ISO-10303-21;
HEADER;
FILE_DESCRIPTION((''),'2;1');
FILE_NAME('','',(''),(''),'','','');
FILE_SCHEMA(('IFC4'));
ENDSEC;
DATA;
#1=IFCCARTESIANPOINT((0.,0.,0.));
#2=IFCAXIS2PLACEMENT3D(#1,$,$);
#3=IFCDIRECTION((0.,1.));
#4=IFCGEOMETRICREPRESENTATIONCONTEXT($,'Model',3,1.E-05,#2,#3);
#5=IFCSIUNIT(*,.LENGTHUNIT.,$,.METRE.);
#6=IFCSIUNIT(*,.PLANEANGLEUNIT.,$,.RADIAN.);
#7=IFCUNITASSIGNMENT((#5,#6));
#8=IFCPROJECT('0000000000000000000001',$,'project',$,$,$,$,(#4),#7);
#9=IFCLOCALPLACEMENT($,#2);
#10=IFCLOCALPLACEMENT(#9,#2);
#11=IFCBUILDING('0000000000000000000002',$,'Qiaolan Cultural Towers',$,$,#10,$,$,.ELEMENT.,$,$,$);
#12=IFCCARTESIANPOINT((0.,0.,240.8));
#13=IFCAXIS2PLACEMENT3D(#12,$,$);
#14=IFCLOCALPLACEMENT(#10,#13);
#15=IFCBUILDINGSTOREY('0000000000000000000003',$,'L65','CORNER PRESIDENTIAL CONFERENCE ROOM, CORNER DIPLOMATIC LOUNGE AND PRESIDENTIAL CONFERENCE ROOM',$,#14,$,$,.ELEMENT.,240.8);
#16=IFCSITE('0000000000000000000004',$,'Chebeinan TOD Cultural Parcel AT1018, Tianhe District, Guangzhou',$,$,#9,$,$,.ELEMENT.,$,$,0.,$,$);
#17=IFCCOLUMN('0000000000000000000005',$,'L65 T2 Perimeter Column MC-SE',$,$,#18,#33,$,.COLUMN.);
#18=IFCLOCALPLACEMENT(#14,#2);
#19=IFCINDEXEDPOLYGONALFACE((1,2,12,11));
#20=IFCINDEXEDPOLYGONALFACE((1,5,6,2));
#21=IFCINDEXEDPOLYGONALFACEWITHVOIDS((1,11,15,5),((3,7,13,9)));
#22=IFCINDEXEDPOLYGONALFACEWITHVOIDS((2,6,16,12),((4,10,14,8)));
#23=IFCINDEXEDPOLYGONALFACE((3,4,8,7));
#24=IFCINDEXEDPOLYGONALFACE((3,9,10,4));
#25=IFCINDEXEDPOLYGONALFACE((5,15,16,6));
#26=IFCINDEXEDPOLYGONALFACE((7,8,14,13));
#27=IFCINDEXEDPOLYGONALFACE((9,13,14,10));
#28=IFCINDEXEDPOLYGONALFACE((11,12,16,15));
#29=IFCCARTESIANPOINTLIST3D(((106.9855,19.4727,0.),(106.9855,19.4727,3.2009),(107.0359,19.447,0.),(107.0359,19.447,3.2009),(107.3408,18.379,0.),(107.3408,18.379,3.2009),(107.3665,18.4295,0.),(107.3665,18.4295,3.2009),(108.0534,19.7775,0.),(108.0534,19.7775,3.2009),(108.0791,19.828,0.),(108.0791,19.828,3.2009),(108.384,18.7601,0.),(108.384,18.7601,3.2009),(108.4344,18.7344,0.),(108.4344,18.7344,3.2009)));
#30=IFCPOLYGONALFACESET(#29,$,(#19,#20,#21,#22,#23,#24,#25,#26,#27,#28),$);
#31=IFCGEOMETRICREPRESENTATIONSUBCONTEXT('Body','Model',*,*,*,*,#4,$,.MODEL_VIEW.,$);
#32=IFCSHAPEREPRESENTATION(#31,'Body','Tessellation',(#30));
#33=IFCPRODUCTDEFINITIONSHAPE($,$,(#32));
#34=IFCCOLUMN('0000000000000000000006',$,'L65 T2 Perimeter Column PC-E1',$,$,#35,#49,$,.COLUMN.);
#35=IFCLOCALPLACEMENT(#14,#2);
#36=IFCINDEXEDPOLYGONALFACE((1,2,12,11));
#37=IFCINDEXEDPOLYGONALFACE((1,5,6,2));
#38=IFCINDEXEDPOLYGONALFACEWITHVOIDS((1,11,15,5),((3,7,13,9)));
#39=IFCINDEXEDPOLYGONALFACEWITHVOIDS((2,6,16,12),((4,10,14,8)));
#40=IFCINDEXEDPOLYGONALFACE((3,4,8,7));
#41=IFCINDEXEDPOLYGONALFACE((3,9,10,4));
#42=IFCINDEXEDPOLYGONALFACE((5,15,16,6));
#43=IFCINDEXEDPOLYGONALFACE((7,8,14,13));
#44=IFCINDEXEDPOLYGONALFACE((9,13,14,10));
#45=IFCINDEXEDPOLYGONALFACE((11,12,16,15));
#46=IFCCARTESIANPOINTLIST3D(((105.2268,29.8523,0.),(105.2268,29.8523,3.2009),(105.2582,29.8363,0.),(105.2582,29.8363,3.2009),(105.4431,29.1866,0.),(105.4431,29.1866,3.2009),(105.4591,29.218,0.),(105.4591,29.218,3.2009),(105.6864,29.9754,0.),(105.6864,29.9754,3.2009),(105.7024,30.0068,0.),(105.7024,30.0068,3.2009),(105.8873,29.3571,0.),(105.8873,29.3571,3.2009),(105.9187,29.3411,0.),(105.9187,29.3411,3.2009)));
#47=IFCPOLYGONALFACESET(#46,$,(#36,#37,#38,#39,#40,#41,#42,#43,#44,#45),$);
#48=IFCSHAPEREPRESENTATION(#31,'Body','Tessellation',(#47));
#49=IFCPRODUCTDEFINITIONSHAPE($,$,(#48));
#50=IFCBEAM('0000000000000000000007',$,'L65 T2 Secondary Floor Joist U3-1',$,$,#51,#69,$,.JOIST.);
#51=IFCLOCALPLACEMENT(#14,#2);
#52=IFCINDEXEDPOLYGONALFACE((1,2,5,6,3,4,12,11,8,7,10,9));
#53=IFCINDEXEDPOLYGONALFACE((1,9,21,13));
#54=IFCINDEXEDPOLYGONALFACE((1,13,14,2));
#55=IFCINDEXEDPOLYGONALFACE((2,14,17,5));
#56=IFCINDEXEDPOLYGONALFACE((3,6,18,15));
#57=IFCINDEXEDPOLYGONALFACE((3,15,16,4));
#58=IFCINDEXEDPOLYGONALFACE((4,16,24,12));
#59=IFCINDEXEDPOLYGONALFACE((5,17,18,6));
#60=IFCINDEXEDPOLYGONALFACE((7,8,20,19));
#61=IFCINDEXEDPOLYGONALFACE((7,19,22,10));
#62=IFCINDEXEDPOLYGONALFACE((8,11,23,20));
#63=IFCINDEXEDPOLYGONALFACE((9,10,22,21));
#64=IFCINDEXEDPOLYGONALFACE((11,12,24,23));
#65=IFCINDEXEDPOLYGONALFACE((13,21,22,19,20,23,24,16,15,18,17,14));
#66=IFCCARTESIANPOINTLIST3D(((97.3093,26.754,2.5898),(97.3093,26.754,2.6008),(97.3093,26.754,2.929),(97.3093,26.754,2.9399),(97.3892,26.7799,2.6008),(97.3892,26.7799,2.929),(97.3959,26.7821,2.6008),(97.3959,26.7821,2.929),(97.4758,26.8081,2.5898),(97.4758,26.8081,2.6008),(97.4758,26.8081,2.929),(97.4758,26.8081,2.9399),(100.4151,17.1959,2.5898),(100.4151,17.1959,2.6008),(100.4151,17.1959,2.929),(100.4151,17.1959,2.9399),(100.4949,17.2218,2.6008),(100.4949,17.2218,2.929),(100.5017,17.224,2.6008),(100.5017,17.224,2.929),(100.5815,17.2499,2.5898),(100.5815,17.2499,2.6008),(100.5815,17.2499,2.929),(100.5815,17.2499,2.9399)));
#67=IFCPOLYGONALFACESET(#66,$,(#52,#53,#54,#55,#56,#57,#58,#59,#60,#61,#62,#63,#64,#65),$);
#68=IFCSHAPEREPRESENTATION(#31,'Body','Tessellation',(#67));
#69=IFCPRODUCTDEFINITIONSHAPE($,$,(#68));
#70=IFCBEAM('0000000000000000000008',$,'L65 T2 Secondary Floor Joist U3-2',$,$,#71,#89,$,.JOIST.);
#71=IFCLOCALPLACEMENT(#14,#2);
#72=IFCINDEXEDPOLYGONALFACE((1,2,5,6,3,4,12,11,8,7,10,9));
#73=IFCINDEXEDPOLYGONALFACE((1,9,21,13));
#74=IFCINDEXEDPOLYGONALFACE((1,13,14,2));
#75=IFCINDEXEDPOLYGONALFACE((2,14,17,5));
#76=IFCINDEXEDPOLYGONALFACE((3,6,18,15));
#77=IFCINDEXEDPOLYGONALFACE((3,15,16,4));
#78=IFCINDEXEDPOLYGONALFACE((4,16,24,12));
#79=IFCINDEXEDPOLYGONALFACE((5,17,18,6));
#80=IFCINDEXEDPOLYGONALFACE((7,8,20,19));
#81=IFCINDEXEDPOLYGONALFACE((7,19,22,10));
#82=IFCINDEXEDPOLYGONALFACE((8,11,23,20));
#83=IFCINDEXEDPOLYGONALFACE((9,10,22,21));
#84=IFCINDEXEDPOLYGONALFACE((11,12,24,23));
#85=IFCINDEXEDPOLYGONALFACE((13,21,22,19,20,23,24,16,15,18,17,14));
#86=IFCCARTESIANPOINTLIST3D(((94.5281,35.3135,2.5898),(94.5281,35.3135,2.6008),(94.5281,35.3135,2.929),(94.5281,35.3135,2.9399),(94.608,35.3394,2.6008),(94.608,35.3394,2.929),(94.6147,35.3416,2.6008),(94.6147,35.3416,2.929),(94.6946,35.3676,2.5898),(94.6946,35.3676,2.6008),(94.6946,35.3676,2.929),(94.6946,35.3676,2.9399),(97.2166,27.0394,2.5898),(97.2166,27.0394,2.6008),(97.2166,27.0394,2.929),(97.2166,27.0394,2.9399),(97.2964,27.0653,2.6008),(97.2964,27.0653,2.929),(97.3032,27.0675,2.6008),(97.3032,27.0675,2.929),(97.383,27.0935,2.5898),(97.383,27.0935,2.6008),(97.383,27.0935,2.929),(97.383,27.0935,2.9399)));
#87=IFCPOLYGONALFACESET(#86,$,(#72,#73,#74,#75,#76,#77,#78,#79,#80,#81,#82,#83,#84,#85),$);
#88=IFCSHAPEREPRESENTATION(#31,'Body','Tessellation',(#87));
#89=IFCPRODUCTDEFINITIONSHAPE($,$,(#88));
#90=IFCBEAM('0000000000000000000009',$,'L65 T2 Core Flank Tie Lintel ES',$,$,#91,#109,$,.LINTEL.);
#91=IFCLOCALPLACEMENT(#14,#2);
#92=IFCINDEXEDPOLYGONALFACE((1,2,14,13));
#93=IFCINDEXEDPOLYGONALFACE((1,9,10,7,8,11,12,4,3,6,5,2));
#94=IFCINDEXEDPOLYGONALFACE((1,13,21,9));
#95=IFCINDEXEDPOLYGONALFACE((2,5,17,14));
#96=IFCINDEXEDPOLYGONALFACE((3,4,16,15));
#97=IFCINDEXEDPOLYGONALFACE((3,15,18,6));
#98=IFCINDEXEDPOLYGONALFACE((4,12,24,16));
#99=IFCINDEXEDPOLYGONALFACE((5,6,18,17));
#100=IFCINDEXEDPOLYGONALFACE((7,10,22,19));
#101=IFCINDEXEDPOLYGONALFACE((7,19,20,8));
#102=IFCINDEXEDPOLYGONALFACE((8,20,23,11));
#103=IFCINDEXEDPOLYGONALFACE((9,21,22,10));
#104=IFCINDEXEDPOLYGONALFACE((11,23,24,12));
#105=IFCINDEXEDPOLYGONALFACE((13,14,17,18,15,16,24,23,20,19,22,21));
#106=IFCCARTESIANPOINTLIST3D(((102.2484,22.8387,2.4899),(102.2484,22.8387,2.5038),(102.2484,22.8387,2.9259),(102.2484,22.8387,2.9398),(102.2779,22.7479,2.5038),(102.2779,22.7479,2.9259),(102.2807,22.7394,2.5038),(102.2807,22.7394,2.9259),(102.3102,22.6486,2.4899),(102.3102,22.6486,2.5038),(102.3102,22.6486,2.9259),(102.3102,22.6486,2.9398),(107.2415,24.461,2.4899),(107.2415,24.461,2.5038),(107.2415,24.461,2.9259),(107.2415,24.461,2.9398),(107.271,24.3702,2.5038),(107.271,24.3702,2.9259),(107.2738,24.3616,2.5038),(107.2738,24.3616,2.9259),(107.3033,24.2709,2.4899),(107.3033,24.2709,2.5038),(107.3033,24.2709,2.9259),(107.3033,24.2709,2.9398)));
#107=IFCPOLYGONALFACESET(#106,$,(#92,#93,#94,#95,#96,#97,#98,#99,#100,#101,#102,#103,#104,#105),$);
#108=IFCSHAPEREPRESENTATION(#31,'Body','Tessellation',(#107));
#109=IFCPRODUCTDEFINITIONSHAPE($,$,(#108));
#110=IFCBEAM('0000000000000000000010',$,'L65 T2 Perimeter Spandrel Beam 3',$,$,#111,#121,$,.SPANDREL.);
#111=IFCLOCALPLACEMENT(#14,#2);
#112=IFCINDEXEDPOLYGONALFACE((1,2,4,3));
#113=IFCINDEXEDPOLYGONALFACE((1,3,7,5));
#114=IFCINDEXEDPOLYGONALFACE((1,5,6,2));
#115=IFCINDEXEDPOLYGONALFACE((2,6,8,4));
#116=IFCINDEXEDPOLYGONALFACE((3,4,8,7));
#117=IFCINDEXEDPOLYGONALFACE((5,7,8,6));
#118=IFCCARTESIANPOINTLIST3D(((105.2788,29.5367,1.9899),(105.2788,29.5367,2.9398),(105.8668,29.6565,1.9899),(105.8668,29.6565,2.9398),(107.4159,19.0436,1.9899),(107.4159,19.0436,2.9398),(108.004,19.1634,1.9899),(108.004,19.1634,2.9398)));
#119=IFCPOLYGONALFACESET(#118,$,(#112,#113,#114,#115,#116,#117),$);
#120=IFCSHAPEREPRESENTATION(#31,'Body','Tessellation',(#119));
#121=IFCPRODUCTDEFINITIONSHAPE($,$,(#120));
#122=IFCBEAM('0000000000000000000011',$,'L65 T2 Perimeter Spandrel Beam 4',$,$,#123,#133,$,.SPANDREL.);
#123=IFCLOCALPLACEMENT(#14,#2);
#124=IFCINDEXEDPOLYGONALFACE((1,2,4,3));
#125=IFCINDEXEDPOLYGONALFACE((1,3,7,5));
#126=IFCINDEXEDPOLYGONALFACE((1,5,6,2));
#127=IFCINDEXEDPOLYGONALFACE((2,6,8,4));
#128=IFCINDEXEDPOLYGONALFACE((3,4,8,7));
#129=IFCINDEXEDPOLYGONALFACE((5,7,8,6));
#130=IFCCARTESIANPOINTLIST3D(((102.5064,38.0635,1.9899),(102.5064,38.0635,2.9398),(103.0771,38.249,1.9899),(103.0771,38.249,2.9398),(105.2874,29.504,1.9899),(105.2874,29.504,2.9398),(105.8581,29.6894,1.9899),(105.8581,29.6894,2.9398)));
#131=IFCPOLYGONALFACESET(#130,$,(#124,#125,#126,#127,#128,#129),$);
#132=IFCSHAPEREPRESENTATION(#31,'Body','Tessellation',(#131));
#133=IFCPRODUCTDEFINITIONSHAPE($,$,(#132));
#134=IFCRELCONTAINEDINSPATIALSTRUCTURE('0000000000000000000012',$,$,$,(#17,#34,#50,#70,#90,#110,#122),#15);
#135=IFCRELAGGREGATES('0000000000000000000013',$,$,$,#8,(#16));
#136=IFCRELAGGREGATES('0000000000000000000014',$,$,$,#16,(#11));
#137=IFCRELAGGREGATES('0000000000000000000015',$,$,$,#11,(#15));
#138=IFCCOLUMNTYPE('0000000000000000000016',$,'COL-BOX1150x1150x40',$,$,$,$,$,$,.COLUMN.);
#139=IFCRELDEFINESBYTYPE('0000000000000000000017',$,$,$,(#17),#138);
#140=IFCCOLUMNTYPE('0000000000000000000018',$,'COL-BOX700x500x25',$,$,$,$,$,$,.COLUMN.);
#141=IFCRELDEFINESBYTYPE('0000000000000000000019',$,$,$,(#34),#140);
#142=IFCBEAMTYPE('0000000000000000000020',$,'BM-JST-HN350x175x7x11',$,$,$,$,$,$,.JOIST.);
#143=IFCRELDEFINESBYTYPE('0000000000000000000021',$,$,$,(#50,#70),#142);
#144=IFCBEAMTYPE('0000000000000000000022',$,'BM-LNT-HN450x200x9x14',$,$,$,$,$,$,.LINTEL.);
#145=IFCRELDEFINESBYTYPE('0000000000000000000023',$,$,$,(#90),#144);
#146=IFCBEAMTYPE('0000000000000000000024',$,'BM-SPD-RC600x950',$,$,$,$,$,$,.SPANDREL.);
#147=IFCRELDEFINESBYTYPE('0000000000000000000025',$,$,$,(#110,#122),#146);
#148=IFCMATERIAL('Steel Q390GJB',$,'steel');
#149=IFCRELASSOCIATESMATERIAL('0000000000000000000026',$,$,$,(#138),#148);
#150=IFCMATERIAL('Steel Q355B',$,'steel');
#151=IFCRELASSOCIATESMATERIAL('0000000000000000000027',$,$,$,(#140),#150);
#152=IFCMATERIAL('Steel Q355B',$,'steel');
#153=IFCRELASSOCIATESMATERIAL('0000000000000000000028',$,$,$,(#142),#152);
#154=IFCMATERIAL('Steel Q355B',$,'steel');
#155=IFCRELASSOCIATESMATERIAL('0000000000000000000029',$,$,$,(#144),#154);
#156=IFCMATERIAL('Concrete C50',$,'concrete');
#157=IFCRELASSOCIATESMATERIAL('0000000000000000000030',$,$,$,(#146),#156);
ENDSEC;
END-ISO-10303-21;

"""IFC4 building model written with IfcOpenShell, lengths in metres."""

from ifc_helpers import new_model, si_unit, direction, frame, origin, origin_2d, place, context, subcontext, project, spatial, rectangle, hollow_rectangle, i_section, extrude, material, material_profile, profile_set, type_object, element, save


model = new_model("IFC4")

# Units and contexts
model_context = context("Model", 3, precision=1e-05, world=origin(), true_north=direction((0.0, 1.0)))
body_context = subcontext(model_context, "Body", "Model", "MODEL_VIEW")
ifc_project = project(units=[si_unit("LENGTHUNIT", "METRE"), si_unit("PLANEANGLEUNIT", "RADIAN")], contexts=[model_context])

# Site, building, storey
site_placement = place(None, origin())
site = spatial("IfcSite", under=ifc_project, at=site_placement, Name="Chebeinan TOD Cultural Parcel AT1018, Tianhe District, Guangzhou", CompositionType="ELEMENT", RefElevation=0.0)
building_placement = place(site_placement, origin())
building = spatial("IfcBuilding", under=site, at=building_placement, Name="Qiaolan Cultural Towers", CompositionType="ELEMENT")
storey_placement = place(building_placement, frame((0.0, 0.0, 240.8)))
storey = spatial("IfcBuildingStorey", under=building, at=storey_placement, Name="L65", Description="CORNER PRESIDENTIAL CONFERENCE ROOM, CORNER DIPLOMATIC LOUNGE AND PRESIDENTIAL CONFERENCE ROOM", CompositionType="ELEMENT", Elevation=240.8)

# Columns
ifc_material_1 = material(Name="Steel Q390GJB", Category="steel")
ifc_material_profile_1 = material_profile(ifc_material_1, hollow_rectangle(XDim=1.1499, YDim=1.1499, WallThickness=0.04, at=origin_2d()), Name="BOX1150x1150x40")
ifc_profile_set_1 = profile_set([ifc_material_profile_1], Name="Steel Q390GJB")
column_type_1 = type_object("IfcColumnType", Name="COL-BOX1150x1150x40", PredefinedType="COLUMN", material=ifc_profile_set_1)
column_1_placement = place(storey_placement, frame((107.71, 19.1035, 0.0), z_axis=(0.0, 0.0, 1.0), x_axis=(0.951057, 0.309017, 0.0)))
element("IfcColumn", 1, at=column_1_placement, inside=storey, type_object=column_type_1, Name="L65 T2 Perimeter Column MC-SE", PredefinedType="COLUMN", context=body_context, shape_type="SweptSolid", body=[
    extrude(hollow_rectangle(XDim=1.1499, YDim=1.1499, WallThickness=0.04, at=origin_2d()), origin(), (0.0, 0.0, 1.0), 3.2009),
])
ifc_material_2 = material(Name="Steel Q355B", Category="steel")
ifc_material_profile_2 = material_profile(ifc_material_2, hollow_rectangle(XDim=0.5, YDim=0.7, WallThickness=0.0249, at=origin_2d()), Name="BOX700x500x25")
ifc_profile_set_2 = profile_set([ifc_material_profile_2], Name="Steel Q355B")
column_type_2 = type_object("IfcColumnType", Name="COL-BOX700x500x25", PredefinedType="COLUMN", material=ifc_profile_set_2)
column_2_placement = place(storey_placement, frame((105.5728, 29.5967, 0.0), z_axis=(0.0, 0.0, 1.0), x_axis=(0.951057, 0.309017, 0.0)))
element("IfcColumn", 2, at=column_2_placement, inside=storey, type_object=column_type_2, Name="L65 T2 Perimeter Column PC-E1", PredefinedType="COLUMN", context=body_context, shape_type="SweptSolid", body=[
    extrude(hollow_rectangle(XDim=0.5, YDim=0.7, WallThickness=0.0249, at=origin_2d()), origin(), (0.0, 0.0, 1.0), 3.2009),
])

# Beams
ifc_material_3 = material(Name="Steel Q355B", Category="steel")
ifc_material_profile_3 = material_profile(ifc_material_3, i_section(OverallWidth=0.175, OverallDepth=0.3501, WebThickness=0.0071, FlangeThickness=0.011, at=origin_2d()), Name="HN350x175x7x11")
ifc_profile_set_3 = profile_set([ifc_material_profile_3], Name="Steel Q355B")
beam_type_1 = type_object("IfcBeamType", Name="BM-JST-HN350x175x7x11", PredefinedType="JOIST", material=ifc_profile_set_3)
beam_1_placement = place(storey_placement, frame((100.4983, 17.2229, 2.7649), z_axis=(-0.309026, 0.951054, 0.0), x_axis=(-0.951054, -0.309026, 0.0)))
element("IfcBeam", 3, at=beam_1_placement, inside=storey, type_object=beam_type_1, Name="L65 T2 Secondary Floor Joist U3-1", PredefinedType="JOIST", context=body_context, shape_type="SweptSolid", body=[
    extrude(i_section(OverallWidth=0.175, OverallDepth=0.3501, WebThickness=0.0071, FlangeThickness=0.011, at=origin_2d()), origin(), (0.0, 0.0, 1.0), 10.05),
])
beam_2_placement = place(storey_placement, frame((97.2998, 27.0664, 2.7649), z_axis=(-0.309021, 0.951055, 0.0), x_axis=(-0.951055, -0.309021, 0.0)))
element("IfcBeam", 4, at=beam_2_placement, inside=storey, type_object=beam_type_1, Name="L65 T2 Secondary Floor Joist U3-2", PredefinedType="JOIST", context=body_context, shape_type="SweptSolid", body=[
    extrude(i_section(OverallWidth=0.175, OverallDepth=0.3501, WebThickness=0.0071, FlangeThickness=0.011, at=origin_2d()), origin(), (0.0, 0.0, 1.0), 8.7),
])
ifc_material_4 = material(Name="Steel Q355B", Category="steel")
ifc_material_profile_4 = material_profile(ifc_material_4, i_section(OverallWidth=0.2, OverallDepth=0.45, WebThickness=0.009, FlangeThickness=0.0139, at=origin_2d()), Name="HN450x200x9x14")
ifc_profile_set_4 = profile_set([ifc_material_profile_4], Name="Steel Q355B")
beam_type_2 = type_object("IfcBeamType", Name="BM-LNT-HN450x200x9x14", PredefinedType="LINTEL", material=ifc_profile_set_4)
beam_3_placement = place(storey_placement, frame((102.2793, 22.7437, 2.7148), z_axis=(0.95106, 0.309006, 0.0), x_axis=(-0.309006, 0.95106, 0.0)))
element("IfcBeam", 5, at=beam_3_placement, inside=storey, type_object=beam_type_2, Name="L65 T2 Core Flank Tie Lintel ES", PredefinedType="LINTEL", context=body_context, shape_type="SweptSolid", body=[
    extrude(i_section(OverallWidth=0.2, OverallDepth=0.45, WebThickness=0.009, FlangeThickness=0.0139, at=origin_2d()), origin(), (0.0, 0.0, 1.0), 5.25),
])
ifc_material_5 = material(Name="Concrete C50", Category="concrete")
ifc_material_profile_5 = material_profile(ifc_material_5, rectangle(XDim=0.6001, YDim=0.95, at=origin_2d()), Name="RC600x950")
ifc_profile_set_5 = profile_set([ifc_material_profile_5], Name="Concrete C50")
beam_type_3 = type_object("IfcBeamType", Name="BM-SPD-RC600x950", PredefinedType="SPANDREL", material=ifc_profile_set_5)
beam_4_placement = place(storey_placement, frame((107.71, 19.1035, 2.4648), z_axis=(-0.199579, 0.979882, 0.0), x_axis=(-0.979882, -0.199579, 0.0)))
element("IfcBeam", 6, at=beam_4_placement, inside=storey, type_object=beam_type_3, Name="L65 T2 Perimeter Spandrel Beam 3", PredefinedType="SPANDREL", context=body_context, shape_type="SweptSolid", body=[
    extrude(rectangle(XDim=0.6001, YDim=0.95, at=origin_2d()), origin(), (0.0, 0.0, 1.0), 10.7085),
])
beam_5_placement = place(storey_placement, frame((105.5728, 29.5967, 2.4648), z_axis=(-0.309, 0.951062, 0.0), x_axis=(-0.951062, -0.309, 0.0)))
element("IfcBeam", 7, at=beam_5_placement, inside=storey, type_object=beam_type_3, Name="L65 T2 Perimeter Spandrel Beam 4", PredefinedType="SPANDREL", context=body_context, shape_type="SweptSolid", body=[
    extrude(rectangle(XDim=0.6001, YDim=0.95, at=origin_2d()), origin(), (0.0, 0.0, 1.0), 9.0),
])

save(model, "model.ifc")
